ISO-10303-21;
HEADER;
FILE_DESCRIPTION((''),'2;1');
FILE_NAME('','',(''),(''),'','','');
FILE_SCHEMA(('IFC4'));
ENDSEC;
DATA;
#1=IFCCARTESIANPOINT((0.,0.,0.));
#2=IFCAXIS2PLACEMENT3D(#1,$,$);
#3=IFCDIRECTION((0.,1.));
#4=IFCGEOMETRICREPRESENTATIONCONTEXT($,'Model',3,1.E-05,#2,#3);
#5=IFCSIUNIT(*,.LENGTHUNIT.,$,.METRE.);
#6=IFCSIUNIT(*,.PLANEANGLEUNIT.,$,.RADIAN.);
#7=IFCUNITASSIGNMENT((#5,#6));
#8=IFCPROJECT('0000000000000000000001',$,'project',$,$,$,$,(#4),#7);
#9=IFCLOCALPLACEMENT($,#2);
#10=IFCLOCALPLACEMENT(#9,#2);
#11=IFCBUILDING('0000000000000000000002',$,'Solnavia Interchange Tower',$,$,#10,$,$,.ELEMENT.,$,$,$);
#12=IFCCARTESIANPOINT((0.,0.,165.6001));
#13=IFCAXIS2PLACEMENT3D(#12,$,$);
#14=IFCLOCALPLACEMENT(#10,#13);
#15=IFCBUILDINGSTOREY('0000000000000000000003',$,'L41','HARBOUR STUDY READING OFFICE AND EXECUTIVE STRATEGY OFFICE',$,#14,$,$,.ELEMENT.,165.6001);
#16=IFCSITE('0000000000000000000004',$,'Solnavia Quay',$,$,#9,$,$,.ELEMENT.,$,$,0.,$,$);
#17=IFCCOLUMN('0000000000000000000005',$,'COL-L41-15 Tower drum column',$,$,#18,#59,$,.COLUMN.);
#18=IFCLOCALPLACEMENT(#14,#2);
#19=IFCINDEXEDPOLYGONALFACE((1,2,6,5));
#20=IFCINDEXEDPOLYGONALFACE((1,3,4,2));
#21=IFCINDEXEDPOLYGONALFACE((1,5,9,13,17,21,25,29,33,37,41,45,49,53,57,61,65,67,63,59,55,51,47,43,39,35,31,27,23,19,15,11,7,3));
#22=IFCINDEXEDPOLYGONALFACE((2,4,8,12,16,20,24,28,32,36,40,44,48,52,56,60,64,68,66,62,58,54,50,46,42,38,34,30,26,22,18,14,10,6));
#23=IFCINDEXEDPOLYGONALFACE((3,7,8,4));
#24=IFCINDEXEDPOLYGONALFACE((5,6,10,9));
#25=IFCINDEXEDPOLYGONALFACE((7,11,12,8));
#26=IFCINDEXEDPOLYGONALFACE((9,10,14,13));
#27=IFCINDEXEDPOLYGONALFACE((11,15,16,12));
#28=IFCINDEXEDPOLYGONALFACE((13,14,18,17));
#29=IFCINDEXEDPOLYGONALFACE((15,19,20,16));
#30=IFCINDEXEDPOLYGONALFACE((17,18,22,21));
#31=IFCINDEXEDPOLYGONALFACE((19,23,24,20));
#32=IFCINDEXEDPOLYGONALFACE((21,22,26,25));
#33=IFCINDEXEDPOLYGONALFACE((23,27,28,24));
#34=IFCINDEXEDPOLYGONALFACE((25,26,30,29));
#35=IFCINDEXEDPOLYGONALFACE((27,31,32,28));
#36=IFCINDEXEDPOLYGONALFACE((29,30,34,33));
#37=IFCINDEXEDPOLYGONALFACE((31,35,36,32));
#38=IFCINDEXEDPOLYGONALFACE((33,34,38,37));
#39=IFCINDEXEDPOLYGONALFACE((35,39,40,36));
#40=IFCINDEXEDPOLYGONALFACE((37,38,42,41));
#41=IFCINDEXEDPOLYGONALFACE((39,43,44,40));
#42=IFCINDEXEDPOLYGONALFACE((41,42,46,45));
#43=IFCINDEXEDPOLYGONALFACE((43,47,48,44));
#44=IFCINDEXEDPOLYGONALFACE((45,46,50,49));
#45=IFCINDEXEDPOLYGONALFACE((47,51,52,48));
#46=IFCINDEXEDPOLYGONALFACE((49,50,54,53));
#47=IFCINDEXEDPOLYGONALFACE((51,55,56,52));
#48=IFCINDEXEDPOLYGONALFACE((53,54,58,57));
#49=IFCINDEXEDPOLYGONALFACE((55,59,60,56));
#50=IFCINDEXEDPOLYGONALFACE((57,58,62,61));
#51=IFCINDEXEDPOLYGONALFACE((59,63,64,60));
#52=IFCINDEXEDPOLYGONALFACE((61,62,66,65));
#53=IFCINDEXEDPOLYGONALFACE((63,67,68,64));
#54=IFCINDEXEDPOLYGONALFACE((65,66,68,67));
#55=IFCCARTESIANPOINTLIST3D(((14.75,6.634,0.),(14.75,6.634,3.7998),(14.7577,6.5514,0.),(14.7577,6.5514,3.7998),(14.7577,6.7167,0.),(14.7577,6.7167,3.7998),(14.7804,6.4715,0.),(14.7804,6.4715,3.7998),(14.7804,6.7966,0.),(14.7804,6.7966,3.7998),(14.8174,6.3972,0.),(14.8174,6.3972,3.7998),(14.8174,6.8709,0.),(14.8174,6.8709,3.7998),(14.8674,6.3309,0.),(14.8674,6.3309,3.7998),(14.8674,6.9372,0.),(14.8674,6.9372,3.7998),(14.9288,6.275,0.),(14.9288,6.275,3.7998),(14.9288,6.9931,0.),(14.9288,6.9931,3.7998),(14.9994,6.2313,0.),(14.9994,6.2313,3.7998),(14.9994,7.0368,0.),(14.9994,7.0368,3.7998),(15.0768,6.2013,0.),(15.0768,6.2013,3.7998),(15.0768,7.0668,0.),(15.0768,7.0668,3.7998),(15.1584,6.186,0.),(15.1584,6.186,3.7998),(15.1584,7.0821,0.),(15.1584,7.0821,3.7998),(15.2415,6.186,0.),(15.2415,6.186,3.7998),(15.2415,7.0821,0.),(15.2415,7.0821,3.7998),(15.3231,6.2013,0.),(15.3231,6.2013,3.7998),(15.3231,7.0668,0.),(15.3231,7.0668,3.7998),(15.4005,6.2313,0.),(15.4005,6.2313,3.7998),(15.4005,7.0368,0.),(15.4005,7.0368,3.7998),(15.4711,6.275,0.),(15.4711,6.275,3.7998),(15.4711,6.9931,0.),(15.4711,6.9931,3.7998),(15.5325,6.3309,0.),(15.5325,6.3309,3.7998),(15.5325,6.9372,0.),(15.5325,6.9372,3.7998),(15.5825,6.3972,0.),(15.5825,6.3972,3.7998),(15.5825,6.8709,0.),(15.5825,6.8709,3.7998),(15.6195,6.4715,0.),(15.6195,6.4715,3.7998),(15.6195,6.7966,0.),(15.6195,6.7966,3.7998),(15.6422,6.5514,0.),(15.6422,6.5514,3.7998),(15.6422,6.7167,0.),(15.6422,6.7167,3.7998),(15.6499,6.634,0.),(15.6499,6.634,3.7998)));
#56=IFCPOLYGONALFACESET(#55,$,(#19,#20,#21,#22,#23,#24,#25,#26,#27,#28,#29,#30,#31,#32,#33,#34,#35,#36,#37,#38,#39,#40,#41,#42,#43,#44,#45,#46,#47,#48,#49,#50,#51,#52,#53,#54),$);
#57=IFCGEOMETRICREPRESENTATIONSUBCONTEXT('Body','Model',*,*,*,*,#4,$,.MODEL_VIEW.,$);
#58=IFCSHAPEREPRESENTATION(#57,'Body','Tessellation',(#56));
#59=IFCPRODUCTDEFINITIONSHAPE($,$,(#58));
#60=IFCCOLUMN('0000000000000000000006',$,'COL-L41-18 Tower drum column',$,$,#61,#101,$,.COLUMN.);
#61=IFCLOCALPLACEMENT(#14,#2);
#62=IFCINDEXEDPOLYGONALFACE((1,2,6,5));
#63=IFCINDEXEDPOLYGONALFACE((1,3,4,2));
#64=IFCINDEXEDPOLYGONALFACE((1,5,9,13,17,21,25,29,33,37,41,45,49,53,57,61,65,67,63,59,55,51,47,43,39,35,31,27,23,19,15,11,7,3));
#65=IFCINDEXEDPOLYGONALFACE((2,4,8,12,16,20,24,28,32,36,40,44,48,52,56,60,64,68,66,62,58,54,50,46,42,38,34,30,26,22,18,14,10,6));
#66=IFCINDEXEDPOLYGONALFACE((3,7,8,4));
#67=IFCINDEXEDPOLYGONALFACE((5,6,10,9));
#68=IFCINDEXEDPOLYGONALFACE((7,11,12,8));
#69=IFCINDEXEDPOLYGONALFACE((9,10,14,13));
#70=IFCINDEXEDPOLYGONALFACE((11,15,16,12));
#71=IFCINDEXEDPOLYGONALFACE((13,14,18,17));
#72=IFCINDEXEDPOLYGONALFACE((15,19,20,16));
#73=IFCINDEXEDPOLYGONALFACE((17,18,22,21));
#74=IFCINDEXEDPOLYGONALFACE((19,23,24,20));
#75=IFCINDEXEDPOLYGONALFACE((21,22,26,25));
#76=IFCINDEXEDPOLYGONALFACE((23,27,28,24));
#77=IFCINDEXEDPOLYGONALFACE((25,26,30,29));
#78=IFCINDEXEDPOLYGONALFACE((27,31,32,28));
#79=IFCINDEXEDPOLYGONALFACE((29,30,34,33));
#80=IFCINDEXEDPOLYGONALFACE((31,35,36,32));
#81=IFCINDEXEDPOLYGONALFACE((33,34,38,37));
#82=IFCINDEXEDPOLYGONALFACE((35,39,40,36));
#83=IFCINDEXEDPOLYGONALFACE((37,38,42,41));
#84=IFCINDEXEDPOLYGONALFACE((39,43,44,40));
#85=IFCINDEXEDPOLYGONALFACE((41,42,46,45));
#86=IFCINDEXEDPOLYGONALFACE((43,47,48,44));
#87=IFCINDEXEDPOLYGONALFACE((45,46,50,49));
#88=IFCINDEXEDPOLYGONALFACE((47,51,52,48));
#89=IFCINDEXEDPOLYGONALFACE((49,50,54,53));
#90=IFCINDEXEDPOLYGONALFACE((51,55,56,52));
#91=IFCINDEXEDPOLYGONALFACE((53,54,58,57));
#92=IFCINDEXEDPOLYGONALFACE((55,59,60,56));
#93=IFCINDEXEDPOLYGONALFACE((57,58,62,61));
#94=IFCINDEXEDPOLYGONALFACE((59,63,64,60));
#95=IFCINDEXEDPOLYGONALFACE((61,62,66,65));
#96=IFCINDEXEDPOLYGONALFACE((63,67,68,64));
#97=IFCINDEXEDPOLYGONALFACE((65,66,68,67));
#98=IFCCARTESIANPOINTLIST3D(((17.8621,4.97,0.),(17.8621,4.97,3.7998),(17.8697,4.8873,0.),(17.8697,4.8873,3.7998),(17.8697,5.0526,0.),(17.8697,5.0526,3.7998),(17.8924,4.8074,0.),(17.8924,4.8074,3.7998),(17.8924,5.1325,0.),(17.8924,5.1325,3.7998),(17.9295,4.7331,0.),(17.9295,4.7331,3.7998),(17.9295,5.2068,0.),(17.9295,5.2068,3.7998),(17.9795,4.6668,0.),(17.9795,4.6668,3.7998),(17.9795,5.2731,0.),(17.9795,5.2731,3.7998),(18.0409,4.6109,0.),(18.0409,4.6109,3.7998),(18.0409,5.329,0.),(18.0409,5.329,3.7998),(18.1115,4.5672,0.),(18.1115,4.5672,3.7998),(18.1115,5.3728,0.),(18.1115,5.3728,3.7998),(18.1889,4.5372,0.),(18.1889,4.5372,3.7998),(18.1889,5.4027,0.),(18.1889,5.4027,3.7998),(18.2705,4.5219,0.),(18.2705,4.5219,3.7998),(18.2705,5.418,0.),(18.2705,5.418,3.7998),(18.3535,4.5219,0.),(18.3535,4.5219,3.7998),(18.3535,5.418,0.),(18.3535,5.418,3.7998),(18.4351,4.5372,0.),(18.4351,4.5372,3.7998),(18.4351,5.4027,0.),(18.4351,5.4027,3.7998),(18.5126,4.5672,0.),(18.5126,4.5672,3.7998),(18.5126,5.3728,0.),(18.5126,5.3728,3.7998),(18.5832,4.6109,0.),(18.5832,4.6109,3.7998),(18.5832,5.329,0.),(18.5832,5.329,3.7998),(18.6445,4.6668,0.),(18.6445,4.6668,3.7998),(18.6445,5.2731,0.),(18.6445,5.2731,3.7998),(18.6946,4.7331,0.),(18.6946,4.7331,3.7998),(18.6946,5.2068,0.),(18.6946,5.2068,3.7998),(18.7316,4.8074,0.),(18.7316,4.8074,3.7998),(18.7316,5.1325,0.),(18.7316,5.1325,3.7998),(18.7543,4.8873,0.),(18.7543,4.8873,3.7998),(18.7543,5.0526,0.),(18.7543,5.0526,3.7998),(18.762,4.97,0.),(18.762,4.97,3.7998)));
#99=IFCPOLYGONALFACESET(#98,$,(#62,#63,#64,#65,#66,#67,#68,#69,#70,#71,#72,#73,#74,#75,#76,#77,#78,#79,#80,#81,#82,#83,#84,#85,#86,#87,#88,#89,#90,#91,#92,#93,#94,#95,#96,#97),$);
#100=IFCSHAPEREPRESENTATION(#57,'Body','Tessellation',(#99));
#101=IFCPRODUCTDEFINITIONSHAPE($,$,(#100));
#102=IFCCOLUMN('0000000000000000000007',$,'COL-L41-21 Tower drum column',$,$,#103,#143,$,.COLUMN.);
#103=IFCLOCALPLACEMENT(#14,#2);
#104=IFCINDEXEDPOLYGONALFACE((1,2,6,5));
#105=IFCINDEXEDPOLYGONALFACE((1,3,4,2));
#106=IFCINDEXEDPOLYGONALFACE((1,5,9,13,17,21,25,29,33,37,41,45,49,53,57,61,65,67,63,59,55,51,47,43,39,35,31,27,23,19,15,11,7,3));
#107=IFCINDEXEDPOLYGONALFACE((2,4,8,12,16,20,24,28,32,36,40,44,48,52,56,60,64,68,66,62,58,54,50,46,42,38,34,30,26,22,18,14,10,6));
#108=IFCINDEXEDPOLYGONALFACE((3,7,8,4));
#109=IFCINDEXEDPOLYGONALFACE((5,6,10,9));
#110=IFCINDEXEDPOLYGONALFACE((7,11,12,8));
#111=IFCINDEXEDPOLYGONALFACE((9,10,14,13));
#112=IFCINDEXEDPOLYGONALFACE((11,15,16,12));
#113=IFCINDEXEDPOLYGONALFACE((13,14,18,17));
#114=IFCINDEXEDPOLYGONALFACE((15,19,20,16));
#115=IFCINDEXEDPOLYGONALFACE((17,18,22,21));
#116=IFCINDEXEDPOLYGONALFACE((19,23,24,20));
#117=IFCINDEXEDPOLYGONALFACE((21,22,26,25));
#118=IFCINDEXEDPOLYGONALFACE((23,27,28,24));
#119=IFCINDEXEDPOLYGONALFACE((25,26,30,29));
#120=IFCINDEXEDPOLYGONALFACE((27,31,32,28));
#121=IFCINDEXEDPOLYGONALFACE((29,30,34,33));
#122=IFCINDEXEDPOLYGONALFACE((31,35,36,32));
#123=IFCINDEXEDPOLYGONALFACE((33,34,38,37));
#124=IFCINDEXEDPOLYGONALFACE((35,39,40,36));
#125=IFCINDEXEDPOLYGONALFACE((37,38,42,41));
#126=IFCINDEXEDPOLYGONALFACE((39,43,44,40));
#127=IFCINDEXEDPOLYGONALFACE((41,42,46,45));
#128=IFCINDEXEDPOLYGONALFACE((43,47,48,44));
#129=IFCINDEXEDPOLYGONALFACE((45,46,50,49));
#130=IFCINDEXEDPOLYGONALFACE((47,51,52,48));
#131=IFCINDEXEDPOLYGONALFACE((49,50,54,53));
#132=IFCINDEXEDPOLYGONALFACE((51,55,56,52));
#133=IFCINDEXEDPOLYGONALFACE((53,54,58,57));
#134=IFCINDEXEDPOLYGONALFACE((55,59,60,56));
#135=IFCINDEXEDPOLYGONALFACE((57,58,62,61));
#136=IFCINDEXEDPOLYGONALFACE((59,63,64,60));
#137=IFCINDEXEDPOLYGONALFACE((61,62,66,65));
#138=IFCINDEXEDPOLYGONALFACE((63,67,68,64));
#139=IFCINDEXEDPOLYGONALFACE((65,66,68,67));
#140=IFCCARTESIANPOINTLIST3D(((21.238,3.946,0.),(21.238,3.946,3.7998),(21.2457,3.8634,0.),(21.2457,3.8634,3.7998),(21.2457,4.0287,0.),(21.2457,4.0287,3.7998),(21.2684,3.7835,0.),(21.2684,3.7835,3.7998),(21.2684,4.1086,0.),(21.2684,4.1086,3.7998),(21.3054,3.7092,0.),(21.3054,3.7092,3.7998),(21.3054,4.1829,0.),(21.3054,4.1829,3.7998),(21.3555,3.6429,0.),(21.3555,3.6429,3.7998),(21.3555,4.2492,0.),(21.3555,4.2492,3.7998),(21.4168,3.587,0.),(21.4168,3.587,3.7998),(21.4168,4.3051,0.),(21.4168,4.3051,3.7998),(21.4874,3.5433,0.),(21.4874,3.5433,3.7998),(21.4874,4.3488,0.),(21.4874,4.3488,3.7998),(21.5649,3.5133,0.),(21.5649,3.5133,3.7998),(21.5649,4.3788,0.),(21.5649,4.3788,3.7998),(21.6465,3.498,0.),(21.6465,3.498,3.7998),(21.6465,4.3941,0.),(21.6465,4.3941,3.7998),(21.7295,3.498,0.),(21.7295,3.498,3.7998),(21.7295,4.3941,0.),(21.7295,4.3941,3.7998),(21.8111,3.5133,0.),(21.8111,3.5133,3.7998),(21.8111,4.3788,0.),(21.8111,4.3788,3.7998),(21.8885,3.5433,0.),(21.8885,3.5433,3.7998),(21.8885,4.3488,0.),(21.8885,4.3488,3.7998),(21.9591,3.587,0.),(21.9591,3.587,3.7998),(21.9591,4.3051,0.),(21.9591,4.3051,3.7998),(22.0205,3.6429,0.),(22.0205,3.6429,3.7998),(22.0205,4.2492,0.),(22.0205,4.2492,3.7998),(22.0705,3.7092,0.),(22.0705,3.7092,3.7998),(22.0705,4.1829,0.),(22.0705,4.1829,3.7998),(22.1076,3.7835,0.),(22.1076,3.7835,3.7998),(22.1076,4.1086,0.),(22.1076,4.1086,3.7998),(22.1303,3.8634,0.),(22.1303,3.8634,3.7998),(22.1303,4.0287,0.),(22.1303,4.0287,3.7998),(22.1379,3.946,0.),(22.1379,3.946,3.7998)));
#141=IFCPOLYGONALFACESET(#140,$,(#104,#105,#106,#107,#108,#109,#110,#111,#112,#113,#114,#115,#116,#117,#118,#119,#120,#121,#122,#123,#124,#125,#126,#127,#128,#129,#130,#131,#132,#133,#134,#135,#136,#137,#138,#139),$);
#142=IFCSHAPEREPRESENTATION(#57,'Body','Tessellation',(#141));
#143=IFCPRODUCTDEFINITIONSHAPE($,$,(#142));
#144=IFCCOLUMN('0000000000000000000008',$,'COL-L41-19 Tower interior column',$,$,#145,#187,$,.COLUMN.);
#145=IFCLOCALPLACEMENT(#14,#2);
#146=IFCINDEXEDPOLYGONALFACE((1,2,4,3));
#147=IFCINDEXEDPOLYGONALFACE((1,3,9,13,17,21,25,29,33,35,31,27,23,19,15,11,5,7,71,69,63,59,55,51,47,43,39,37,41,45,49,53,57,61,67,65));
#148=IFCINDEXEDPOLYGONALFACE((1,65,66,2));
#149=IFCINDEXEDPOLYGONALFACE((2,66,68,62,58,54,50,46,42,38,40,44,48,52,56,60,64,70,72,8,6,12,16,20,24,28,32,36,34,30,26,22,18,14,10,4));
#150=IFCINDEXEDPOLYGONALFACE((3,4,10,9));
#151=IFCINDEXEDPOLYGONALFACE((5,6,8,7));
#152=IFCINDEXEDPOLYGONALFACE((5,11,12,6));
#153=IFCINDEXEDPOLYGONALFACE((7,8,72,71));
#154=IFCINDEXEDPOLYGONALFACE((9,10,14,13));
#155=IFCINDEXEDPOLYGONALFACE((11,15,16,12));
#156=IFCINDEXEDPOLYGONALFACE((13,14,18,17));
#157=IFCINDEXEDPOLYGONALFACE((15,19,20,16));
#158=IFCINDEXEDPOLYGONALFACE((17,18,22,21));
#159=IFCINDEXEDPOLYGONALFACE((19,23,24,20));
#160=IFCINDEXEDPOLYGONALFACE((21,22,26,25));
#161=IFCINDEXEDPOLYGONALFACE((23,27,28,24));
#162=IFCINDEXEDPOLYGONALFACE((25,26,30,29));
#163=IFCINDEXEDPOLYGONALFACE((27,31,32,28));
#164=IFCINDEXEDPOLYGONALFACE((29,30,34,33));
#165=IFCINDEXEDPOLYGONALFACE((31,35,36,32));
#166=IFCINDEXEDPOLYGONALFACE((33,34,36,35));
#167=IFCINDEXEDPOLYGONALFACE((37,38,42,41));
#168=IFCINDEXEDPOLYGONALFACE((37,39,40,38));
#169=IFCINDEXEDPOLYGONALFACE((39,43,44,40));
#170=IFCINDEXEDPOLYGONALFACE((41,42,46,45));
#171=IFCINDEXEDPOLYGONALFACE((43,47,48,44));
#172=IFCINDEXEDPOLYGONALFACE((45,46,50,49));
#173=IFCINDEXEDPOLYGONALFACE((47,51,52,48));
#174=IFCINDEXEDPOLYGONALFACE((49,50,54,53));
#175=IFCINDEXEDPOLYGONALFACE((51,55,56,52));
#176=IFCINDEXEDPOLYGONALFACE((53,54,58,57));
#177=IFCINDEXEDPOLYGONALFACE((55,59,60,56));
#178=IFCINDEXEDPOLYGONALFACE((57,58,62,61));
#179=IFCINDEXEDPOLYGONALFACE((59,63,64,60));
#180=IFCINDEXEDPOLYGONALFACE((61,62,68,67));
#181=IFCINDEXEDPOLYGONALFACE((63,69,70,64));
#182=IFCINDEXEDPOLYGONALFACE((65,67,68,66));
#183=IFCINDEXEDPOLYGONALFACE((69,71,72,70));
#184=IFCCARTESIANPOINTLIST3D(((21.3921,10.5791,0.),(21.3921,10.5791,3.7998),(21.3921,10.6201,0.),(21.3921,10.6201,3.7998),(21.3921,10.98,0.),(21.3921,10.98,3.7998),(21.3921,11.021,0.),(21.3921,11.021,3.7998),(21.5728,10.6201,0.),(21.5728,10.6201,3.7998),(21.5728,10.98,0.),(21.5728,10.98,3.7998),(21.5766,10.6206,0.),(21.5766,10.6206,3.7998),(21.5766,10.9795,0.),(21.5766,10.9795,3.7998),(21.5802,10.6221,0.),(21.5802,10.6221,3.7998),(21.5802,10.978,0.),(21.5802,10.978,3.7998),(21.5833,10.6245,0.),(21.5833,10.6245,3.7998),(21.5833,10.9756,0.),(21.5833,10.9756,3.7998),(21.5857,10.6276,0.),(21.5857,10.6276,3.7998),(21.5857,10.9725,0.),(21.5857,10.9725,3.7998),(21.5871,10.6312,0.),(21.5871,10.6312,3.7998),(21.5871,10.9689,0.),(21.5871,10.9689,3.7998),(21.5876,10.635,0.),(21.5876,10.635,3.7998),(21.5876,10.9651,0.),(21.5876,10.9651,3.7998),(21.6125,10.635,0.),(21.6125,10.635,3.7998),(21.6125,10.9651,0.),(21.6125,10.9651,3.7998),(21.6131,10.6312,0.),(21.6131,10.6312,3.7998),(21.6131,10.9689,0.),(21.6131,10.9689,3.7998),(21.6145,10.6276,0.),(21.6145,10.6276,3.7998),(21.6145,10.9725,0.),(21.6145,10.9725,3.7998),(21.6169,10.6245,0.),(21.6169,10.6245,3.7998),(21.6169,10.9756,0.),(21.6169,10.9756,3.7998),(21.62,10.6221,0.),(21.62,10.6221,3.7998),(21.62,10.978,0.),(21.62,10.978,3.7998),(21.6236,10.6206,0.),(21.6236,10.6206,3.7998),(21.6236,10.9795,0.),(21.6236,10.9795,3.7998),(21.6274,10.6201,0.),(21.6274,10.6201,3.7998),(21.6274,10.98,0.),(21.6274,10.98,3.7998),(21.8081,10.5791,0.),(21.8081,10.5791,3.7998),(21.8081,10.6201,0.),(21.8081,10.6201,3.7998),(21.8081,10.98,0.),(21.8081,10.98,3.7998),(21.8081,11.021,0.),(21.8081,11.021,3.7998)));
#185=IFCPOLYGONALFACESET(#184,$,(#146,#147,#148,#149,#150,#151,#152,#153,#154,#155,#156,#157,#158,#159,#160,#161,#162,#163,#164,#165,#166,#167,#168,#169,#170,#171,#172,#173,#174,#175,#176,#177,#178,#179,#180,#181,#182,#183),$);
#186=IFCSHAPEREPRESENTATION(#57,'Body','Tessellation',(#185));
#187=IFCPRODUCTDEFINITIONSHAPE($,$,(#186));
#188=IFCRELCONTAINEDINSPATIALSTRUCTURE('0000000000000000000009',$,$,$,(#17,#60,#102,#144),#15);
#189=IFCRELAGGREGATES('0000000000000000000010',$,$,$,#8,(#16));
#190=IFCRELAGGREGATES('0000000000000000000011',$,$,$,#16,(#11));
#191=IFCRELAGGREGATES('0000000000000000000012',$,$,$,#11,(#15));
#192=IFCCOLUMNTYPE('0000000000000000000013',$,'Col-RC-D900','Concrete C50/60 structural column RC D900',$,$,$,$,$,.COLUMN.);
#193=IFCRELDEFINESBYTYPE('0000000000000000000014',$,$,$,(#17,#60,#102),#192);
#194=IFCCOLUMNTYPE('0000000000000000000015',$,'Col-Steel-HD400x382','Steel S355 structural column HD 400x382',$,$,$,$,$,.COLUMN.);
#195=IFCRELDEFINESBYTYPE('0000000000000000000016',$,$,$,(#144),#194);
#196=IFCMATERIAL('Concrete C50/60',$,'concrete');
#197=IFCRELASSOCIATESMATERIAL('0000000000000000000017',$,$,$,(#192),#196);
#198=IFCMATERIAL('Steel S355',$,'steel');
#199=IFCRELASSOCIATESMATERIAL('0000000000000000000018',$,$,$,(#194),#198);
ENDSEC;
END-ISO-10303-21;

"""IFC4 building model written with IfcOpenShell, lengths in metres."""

from ifc_helpers import new_model, si_unit, direction, frame, origin, origin_2d, place, context, subcontext, project, spatial, circle, i_section, extrude, material, material_profile, profile_set, type_object, element, save


model = new_model("IFC4")

# Units and contexts
model_context = context("Model", 3, precision=1e-05, world=origin(), true_north=direction((0.0, 1.0)))
body_context = subcontext(model_context, "Body", "Model", "MODEL_VIEW")
ifc_project = project(units=[si_unit("LENGTHUNIT", "METRE"), si_unit("PLANEANGLEUNIT", "RADIAN")], contexts=[model_context])

# Site, building, storey
site_placement = place(None, origin())
site = spatial("IfcSite", under=ifc_project, at=site_placement, Name="Solnavia Quay", CompositionType="ELEMENT", RefElevation=0.0)
building_placement = place(site_placement, origin())
building = spatial("IfcBuilding", under=site, at=building_placement, Name="Solnavia Interchange Tower", CompositionType="ELEMENT")
storey_placement = place(building_placement, frame((0.0, 0.0, 165.6001)))
storey = spatial("IfcBuildingStorey", under=building, at=storey_placement, Name="L41", Description="HARBOUR STUDY READING OFFICE AND EXECUTIVE STRATEGY OFFICE", CompositionType="ELEMENT", Elevation=165.6001)

# Columns
ifc_material_1 = material(Name="Concrete C50/60", Category="concrete")
ifc_material_profile_1 = material_profile(ifc_material_1, circle(Radius=0.45, at=origin_2d()), Name="RC D900")
ifc_profile_set_1 = profile_set([ifc_material_profile_1], Name="Concrete C50/60")
column_type_1 = type_object("IfcColumnType", Name="Col-RC-D900", Description="Concrete C50/60 structural column RC D900", PredefinedType="COLUMN", material=ifc_profile_set_1)
for number, where, z_axis, x_axis, name in (
    (1, (15.2, 6.634, 0.0), (0.0, 0.0, 1.0), (1.0, 0.0, 0.0), "COL-L41-15 Tower drum column"),
    (2, (18.312, 4.97, 0.0), (0.0, 0.0, 1.0), (1.0, 0.0, 0.0), "COL-L41-18 Tower drum column"),
    (3, (21.688, 3.946, 0.0), (0.0, 0.0, 1.0), (1.0, 0.0, 0.0), "COL-L41-21 Tower drum column"),
):
    element("IfcColumn", number, at=place(storey_placement, frame(where, z_axis=z_axis, x_axis=x_axis)), inside=storey, type_object=column_type_1, Name=name, PredefinedType="COLUMN", context=body_context, shape_type="SweptSolid", body=[
        extrude(circle(Radius=0.45, at=origin_2d()), origin(), (0.0, 0.0, 1.0), 3.7998),
    ])
ifc_material_2 = material(Name="Steel S355", Category="steel")
ifc_material_profile_2 = material_profile(ifc_material_2, i_section(OverallWidth=0.416, OverallDepth=0.4419, WebThickness=0.0249, FlangeThickness=0.041, FilletRadius=0.0149, at=origin_2d()), Name="HD 400x382")
ifc_profile_set_2 = profile_set([ifc_material_profile_2], Name="Steel S355")
column_type_2 = type_object("IfcColumnType", Name="Col-Steel-HD400x382", Description="Steel S355 structural column HD 400x382", PredefinedType="COLUMN", material=ifc_profile_set_2)
column_placement = place(storey_placement, frame((21.6001, 10.8, 0.0), z_axis=(0.0, 0.0, 1.0), x_axis=(1.0, 0.0, 0.0)))
element("IfcColumn", 4, at=column_placement, inside=storey, type_object=column_type_2, Name="COL-L41-19 Tower interior column", PredefinedType="COLUMN", context=body_context, shape_type="SweptSolid", body=[
    extrude(i_section(OverallWidth=0.416, OverallDepth=0.4419, WebThickness=0.0249, FlangeThickness=0.041, FilletRadius=0.0149, at=origin_2d()), origin(), (0.0, 0.0, 1.0), 3.7998),
])

save(model, "model.ifc")
